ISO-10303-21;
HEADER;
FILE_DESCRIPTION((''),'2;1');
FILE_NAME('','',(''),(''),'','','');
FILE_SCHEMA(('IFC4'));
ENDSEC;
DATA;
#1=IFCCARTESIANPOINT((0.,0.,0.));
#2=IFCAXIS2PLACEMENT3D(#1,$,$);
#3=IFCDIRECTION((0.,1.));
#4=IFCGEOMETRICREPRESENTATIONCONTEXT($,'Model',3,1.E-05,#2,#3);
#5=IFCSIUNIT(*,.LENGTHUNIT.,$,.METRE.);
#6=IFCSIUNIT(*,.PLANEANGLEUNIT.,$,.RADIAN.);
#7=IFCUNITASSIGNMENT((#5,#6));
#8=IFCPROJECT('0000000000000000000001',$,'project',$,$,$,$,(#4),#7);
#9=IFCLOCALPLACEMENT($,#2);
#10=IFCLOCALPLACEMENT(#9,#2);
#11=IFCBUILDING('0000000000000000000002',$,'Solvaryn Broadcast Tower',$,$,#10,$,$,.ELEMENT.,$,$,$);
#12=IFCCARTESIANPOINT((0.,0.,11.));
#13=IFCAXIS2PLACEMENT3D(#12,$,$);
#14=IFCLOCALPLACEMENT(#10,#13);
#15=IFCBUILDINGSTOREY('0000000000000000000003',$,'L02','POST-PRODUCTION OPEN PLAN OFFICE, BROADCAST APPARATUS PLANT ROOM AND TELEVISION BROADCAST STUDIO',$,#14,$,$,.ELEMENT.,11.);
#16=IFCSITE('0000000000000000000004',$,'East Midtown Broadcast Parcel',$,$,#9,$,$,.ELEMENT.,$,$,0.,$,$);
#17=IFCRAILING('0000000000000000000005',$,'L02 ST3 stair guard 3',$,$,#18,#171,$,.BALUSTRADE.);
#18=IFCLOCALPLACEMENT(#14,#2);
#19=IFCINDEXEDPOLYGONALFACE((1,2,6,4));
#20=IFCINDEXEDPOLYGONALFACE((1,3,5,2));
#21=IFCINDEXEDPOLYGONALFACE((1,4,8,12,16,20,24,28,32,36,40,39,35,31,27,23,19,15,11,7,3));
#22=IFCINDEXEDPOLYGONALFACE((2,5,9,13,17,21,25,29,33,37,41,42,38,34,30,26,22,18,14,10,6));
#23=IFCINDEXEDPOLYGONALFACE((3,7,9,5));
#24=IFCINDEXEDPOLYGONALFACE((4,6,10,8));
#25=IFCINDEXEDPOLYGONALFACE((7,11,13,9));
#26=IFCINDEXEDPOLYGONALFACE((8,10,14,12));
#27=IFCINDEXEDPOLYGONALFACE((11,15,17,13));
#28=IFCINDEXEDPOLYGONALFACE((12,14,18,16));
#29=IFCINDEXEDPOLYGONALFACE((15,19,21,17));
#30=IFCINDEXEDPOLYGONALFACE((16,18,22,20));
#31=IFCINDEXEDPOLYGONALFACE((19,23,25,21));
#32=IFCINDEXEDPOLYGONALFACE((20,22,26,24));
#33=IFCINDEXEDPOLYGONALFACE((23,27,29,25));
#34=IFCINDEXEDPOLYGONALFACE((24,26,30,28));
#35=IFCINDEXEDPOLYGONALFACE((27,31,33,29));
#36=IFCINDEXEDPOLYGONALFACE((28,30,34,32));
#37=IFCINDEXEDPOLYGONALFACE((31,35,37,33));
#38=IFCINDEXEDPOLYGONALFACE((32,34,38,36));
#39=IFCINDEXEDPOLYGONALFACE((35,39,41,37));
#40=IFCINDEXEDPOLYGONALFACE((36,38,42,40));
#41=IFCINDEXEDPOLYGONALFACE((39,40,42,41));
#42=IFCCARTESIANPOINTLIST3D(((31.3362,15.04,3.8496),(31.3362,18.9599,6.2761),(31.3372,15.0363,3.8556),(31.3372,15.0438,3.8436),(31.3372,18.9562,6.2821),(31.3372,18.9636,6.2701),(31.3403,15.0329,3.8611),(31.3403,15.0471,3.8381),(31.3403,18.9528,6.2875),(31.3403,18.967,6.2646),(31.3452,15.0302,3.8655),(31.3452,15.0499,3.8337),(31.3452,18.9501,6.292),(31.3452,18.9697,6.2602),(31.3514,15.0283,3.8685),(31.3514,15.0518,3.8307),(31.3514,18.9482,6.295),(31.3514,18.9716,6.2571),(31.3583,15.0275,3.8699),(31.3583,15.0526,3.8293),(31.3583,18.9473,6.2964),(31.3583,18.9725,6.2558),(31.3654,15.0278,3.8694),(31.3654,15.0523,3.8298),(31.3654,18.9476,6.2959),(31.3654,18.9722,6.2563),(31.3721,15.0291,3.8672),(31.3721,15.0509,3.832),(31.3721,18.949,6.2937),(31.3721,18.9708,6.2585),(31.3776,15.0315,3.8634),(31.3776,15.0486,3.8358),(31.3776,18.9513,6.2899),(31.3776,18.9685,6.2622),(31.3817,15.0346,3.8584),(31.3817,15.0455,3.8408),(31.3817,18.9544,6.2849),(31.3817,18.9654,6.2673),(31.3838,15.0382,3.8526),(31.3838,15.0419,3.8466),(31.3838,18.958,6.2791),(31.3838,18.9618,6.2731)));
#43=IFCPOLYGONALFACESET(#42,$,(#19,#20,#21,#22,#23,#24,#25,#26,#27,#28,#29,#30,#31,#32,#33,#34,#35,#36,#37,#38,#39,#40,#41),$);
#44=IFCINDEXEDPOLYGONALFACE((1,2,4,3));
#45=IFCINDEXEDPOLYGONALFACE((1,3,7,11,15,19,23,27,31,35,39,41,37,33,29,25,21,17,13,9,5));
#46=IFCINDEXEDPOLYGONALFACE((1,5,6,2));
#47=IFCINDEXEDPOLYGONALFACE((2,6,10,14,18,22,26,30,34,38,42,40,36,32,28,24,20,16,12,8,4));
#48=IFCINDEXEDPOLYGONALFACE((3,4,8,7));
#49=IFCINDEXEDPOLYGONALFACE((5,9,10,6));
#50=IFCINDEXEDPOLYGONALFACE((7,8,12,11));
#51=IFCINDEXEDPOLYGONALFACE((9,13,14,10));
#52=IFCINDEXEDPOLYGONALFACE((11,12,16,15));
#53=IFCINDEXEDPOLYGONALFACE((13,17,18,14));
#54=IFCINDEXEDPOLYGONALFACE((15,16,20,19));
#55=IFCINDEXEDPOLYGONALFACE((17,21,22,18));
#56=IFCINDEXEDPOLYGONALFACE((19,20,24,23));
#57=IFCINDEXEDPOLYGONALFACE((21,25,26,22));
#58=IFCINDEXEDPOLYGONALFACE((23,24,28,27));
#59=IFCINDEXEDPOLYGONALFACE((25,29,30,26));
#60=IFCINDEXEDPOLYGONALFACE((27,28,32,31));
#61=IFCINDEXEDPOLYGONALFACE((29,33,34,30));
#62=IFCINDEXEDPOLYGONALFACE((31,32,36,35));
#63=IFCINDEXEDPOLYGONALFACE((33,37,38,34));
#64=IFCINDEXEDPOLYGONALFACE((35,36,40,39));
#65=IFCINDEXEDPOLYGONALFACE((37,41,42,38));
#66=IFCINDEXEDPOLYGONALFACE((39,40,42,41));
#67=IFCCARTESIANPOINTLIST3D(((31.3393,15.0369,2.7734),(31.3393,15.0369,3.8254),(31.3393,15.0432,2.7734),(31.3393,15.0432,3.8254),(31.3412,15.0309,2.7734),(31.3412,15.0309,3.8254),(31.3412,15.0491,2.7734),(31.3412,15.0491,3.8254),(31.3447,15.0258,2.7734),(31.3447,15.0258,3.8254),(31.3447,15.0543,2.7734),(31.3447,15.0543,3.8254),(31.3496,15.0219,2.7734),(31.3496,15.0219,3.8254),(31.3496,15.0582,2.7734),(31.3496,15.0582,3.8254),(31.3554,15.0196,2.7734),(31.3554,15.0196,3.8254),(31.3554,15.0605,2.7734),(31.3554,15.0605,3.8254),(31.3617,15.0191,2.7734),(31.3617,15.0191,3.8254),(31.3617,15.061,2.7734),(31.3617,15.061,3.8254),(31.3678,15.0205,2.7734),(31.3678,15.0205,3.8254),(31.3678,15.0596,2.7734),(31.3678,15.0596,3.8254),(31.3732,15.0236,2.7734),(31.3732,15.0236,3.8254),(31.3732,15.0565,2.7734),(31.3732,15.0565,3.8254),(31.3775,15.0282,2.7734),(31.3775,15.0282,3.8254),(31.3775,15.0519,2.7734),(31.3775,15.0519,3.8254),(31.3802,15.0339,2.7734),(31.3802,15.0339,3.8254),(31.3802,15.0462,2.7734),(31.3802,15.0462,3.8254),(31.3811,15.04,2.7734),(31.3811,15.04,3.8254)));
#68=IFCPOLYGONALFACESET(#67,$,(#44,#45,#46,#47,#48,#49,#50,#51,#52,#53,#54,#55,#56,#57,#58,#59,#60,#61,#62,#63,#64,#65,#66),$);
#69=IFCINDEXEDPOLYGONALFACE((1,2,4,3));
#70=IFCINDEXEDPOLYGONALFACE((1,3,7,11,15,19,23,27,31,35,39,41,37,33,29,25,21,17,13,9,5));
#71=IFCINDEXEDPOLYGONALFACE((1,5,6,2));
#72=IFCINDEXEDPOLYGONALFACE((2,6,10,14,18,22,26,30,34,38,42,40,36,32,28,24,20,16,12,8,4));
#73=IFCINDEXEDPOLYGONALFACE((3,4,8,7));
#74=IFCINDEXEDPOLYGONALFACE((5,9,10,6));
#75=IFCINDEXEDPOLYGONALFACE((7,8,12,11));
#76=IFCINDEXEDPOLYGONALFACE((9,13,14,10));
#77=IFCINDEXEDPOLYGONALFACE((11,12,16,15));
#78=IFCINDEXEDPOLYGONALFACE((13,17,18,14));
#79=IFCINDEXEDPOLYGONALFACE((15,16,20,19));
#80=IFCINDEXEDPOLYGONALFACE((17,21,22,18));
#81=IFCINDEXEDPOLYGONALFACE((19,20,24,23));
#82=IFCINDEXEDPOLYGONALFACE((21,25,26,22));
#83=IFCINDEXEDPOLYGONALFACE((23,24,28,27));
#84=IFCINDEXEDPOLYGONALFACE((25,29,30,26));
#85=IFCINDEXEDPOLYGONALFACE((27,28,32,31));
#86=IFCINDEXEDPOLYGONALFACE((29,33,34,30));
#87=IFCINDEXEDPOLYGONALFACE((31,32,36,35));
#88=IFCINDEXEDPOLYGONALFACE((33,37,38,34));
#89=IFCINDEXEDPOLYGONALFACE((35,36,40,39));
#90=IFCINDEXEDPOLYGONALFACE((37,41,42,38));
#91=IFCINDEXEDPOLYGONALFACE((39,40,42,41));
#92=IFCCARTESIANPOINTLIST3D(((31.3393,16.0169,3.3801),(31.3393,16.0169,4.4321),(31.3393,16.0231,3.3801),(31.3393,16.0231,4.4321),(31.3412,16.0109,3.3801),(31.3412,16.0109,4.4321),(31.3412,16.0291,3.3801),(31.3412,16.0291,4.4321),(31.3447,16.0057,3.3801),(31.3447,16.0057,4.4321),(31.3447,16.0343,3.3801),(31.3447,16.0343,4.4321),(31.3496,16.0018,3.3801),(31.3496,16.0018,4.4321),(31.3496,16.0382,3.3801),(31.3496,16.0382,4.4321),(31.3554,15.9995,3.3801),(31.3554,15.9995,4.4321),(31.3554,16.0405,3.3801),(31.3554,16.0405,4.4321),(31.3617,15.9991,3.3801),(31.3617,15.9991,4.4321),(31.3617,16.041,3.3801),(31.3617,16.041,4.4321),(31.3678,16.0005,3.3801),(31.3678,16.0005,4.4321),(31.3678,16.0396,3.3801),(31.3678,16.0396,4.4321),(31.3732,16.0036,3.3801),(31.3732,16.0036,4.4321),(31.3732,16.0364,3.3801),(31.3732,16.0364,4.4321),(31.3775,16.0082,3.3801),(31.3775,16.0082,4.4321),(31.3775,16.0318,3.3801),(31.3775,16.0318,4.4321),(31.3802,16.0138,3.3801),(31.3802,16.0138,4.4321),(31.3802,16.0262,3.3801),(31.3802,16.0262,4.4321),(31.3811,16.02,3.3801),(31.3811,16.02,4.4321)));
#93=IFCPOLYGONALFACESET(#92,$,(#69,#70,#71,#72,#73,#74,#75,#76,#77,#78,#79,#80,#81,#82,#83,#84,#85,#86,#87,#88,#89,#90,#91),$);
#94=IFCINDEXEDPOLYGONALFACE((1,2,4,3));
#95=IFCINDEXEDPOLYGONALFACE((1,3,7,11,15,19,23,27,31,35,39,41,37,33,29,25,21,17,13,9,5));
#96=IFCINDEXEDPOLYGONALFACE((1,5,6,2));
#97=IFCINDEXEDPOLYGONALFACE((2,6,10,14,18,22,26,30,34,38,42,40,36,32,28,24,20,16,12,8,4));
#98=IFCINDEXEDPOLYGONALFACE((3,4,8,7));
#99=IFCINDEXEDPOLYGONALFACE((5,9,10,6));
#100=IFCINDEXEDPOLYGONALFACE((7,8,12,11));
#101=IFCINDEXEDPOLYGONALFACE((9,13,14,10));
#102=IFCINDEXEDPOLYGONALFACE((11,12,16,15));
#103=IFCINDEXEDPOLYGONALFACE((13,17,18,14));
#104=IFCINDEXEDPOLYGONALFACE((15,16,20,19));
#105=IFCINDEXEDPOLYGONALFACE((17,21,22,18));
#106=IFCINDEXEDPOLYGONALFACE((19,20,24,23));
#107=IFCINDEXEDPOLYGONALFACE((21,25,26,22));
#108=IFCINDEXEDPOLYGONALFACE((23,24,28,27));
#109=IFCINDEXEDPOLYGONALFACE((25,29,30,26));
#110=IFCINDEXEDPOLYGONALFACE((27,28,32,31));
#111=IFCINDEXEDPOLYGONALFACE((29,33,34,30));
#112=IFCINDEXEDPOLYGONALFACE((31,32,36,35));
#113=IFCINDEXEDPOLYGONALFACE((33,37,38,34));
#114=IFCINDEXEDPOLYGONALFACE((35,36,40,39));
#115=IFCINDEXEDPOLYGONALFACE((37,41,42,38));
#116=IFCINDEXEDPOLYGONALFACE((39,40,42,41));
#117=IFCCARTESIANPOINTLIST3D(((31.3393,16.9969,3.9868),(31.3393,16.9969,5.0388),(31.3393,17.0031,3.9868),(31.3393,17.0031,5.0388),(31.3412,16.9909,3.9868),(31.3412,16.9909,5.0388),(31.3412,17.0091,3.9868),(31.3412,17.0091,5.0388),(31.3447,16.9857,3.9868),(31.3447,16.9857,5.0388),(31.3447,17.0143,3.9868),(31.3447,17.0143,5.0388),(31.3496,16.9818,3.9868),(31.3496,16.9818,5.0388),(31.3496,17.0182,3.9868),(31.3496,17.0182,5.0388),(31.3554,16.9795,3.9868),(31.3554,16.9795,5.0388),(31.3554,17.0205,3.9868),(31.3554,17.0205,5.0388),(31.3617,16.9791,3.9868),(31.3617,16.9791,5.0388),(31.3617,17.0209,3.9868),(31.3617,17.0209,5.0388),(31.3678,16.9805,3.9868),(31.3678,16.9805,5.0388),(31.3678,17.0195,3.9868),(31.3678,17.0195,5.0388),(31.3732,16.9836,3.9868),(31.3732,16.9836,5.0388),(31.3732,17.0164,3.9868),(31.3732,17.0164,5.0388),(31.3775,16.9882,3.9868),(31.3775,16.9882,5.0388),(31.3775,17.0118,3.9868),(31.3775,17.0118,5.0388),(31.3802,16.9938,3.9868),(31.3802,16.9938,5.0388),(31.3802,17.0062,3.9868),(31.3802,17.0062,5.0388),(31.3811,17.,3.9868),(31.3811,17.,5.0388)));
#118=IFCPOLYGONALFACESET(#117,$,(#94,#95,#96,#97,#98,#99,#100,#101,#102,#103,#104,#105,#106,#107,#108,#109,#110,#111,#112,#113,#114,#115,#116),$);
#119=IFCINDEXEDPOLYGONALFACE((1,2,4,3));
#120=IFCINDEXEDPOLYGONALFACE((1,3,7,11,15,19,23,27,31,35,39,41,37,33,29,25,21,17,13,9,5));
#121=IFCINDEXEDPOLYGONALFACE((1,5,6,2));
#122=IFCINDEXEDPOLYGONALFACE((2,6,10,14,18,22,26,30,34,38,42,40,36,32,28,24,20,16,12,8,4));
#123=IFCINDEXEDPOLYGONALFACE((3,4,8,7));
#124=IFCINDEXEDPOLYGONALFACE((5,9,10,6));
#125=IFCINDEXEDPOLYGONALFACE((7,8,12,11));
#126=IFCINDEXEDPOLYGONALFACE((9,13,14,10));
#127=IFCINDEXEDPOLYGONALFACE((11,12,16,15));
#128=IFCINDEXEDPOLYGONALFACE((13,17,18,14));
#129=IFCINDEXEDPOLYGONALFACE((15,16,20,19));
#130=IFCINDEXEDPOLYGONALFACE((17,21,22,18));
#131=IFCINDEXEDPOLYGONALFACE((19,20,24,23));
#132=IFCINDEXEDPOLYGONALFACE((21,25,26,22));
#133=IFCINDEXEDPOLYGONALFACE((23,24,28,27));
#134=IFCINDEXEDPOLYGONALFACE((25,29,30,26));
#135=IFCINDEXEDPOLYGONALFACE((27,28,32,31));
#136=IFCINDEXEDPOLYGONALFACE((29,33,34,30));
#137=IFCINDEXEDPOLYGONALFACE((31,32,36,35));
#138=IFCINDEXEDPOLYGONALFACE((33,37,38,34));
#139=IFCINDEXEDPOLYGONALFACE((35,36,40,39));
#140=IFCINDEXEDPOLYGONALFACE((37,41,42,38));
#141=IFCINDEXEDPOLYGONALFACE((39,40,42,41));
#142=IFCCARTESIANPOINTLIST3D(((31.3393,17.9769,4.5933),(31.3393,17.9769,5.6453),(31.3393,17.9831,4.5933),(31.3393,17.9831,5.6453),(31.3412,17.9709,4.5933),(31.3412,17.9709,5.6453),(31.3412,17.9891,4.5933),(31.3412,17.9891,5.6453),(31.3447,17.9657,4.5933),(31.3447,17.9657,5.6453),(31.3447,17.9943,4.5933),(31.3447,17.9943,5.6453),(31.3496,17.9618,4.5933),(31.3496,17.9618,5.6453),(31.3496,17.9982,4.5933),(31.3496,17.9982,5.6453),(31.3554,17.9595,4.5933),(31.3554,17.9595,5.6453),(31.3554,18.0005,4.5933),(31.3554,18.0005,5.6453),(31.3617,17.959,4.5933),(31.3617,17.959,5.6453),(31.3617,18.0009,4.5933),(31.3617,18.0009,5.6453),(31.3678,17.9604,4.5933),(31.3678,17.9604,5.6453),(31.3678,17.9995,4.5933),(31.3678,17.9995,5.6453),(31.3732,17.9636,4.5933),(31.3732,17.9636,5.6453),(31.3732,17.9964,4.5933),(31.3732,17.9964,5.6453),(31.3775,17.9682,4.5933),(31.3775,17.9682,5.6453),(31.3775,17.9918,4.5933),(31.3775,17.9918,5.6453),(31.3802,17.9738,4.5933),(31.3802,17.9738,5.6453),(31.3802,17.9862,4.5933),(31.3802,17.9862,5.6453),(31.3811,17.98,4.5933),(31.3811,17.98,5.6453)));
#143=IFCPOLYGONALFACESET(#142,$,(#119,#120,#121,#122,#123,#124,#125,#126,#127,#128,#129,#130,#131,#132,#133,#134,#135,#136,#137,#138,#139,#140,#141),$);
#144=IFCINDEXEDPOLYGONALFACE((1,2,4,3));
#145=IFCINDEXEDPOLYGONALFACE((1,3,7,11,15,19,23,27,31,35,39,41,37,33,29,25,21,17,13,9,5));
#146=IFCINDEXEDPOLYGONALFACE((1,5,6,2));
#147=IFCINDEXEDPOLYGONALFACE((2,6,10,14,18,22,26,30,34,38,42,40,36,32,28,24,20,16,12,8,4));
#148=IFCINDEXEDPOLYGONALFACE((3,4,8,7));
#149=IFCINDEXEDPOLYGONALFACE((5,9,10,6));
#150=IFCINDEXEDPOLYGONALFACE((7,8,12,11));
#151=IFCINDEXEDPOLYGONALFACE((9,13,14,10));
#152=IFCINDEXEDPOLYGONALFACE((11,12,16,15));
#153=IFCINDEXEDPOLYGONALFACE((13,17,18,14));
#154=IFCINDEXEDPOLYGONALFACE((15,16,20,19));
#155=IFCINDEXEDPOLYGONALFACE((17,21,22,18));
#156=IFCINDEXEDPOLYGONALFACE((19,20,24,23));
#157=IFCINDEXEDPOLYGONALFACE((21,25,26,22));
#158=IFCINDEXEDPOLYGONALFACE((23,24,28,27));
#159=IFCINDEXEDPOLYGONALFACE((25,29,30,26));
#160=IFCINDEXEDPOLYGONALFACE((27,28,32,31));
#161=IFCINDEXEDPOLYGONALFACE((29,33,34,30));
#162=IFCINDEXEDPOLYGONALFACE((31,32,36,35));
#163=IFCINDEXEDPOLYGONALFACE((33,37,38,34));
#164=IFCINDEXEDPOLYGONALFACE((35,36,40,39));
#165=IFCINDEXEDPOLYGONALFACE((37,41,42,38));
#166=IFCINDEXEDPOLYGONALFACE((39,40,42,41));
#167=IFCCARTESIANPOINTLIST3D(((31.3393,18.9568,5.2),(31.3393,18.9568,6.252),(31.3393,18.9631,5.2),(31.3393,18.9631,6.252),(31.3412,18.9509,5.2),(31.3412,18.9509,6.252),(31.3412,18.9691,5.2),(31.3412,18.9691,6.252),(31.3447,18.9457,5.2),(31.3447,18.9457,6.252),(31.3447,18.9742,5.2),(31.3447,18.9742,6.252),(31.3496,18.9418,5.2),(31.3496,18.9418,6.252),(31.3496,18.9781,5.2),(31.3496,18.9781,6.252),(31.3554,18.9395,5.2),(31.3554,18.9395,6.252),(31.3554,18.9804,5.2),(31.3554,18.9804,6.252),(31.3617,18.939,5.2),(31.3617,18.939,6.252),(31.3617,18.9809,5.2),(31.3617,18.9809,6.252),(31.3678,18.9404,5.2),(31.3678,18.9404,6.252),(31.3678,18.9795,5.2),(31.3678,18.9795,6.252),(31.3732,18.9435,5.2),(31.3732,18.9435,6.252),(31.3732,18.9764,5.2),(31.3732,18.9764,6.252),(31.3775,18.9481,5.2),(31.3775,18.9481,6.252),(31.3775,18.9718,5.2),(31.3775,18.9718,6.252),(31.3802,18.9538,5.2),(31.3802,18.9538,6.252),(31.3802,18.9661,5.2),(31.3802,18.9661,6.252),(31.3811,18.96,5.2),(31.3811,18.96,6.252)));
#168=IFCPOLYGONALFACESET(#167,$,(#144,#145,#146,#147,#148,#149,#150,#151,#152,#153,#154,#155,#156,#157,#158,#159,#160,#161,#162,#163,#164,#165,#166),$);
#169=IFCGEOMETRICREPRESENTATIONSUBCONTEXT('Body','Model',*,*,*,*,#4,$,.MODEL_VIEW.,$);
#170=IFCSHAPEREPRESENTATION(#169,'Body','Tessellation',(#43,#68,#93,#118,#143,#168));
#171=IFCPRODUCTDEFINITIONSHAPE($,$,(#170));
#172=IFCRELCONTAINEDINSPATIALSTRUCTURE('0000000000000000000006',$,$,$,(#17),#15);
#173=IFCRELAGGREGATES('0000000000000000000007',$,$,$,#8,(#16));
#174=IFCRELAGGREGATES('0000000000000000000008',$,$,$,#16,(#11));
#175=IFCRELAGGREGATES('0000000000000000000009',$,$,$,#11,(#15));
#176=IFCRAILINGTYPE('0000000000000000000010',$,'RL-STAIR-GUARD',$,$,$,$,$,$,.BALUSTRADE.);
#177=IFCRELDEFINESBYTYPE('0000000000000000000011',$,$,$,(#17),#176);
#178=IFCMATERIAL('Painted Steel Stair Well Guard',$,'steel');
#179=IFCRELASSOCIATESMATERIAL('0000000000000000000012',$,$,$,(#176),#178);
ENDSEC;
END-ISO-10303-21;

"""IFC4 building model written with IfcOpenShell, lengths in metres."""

from ifc_helpers import new_model, si_unit, direction, frame, origin, origin_2d, place, context, subcontext, project, spatial, circle, extrude, material, type_object, element, save


model = new_model("IFC4")

# Units and contexts
model_context = context("Model", 3, precision=1e-05, world=origin(), true_north=direction((0.0, 1.0)))
body_context = subcontext(model_context, "Body", "Model", "MODEL_VIEW")
ifc_project = project(units=[si_unit("LENGTHUNIT", "METRE"), si_unit("PLANEANGLEUNIT", "RADIAN")], contexts=[model_context])

# Site, building, storey
site_placement = place(None, origin())
site = spatial("IfcSite", under=ifc_project, at=site_placement, Name="East Midtown Broadcast Parcel", CompositionType="ELEMENT", RefElevation=0.0)
building_placement = place(site_placement, origin())
building = spatial("IfcBuilding", under=site, at=building_placement, Name="Solvaryn Broadcast Tower", CompositionType="ELEMENT")
storey_placement = place(building_placement, frame((0.0, 0.0, 11.0)))
storey = spatial("IfcBuildingStorey", under=building, at=storey_placement, Name="L02", Description="POST-PRODUCTION OPEN PLAN OFFICE, BROADCAST APPARATUS PLANT ROOM AND TELEVISION BROADCAST STUDIO", CompositionType="ELEMENT", Elevation=11.0)

# Railing
ifc_material_1 = material(Name="Painted Steel Stair Well Guard", Category="steel")
railing_type_1 = type_object("IfcRailingType", Name="RL-STAIR-GUARD", PredefinedType="BALUSTRADE", material=ifc_material_1)
railing_1_placement = place(storey_placement, frame((31.3601, 15.04, 2.7734)))
element("IfcRailing", 1, at=railing_1_placement, inside=storey, type_object=railing_type_1, Name="L02 ST3 stair guard 3", PredefinedType="BALUSTRADE", context=body_context, shape_type="SweptSolid", body=[
    extrude(circle(Radius=0.0239, at=origin_2d()), frame((0.0, 0.0, 1.0762), z_axis=(0.0, 0.850275, 0.526338), x_axis=(-1.0, 0.0, 0.0)), (0.0, 0.0, 1.0), 4.6101),
    extrude(circle(Radius=0.021, at=origin_2d()), origin(), (0.0, 0.0, 1.0), 1.052),
    extrude(circle(Radius=0.021, at=origin_2d()), frame((0.0, 0.98, 0.6067)), (0.0, 0.0, 1.0), 1.052),
    extrude(circle(Radius=0.021, at=origin_2d()), frame((0.0, 1.96, 1.2134)), (0.0, 0.0, 1.0), 1.052),
    extrude(circle(Radius=0.021, at=origin_2d()), frame((0.0, 2.9399, 1.8198)), (0.0, 0.0, 1.0), 1.052),
    extrude(circle(Radius=0.021, at=origin_2d()), frame((0.0, 3.9199, 2.4265)), (0.0, 0.0, 1.0), 1.052),
])

save(model, "model.ifc")
